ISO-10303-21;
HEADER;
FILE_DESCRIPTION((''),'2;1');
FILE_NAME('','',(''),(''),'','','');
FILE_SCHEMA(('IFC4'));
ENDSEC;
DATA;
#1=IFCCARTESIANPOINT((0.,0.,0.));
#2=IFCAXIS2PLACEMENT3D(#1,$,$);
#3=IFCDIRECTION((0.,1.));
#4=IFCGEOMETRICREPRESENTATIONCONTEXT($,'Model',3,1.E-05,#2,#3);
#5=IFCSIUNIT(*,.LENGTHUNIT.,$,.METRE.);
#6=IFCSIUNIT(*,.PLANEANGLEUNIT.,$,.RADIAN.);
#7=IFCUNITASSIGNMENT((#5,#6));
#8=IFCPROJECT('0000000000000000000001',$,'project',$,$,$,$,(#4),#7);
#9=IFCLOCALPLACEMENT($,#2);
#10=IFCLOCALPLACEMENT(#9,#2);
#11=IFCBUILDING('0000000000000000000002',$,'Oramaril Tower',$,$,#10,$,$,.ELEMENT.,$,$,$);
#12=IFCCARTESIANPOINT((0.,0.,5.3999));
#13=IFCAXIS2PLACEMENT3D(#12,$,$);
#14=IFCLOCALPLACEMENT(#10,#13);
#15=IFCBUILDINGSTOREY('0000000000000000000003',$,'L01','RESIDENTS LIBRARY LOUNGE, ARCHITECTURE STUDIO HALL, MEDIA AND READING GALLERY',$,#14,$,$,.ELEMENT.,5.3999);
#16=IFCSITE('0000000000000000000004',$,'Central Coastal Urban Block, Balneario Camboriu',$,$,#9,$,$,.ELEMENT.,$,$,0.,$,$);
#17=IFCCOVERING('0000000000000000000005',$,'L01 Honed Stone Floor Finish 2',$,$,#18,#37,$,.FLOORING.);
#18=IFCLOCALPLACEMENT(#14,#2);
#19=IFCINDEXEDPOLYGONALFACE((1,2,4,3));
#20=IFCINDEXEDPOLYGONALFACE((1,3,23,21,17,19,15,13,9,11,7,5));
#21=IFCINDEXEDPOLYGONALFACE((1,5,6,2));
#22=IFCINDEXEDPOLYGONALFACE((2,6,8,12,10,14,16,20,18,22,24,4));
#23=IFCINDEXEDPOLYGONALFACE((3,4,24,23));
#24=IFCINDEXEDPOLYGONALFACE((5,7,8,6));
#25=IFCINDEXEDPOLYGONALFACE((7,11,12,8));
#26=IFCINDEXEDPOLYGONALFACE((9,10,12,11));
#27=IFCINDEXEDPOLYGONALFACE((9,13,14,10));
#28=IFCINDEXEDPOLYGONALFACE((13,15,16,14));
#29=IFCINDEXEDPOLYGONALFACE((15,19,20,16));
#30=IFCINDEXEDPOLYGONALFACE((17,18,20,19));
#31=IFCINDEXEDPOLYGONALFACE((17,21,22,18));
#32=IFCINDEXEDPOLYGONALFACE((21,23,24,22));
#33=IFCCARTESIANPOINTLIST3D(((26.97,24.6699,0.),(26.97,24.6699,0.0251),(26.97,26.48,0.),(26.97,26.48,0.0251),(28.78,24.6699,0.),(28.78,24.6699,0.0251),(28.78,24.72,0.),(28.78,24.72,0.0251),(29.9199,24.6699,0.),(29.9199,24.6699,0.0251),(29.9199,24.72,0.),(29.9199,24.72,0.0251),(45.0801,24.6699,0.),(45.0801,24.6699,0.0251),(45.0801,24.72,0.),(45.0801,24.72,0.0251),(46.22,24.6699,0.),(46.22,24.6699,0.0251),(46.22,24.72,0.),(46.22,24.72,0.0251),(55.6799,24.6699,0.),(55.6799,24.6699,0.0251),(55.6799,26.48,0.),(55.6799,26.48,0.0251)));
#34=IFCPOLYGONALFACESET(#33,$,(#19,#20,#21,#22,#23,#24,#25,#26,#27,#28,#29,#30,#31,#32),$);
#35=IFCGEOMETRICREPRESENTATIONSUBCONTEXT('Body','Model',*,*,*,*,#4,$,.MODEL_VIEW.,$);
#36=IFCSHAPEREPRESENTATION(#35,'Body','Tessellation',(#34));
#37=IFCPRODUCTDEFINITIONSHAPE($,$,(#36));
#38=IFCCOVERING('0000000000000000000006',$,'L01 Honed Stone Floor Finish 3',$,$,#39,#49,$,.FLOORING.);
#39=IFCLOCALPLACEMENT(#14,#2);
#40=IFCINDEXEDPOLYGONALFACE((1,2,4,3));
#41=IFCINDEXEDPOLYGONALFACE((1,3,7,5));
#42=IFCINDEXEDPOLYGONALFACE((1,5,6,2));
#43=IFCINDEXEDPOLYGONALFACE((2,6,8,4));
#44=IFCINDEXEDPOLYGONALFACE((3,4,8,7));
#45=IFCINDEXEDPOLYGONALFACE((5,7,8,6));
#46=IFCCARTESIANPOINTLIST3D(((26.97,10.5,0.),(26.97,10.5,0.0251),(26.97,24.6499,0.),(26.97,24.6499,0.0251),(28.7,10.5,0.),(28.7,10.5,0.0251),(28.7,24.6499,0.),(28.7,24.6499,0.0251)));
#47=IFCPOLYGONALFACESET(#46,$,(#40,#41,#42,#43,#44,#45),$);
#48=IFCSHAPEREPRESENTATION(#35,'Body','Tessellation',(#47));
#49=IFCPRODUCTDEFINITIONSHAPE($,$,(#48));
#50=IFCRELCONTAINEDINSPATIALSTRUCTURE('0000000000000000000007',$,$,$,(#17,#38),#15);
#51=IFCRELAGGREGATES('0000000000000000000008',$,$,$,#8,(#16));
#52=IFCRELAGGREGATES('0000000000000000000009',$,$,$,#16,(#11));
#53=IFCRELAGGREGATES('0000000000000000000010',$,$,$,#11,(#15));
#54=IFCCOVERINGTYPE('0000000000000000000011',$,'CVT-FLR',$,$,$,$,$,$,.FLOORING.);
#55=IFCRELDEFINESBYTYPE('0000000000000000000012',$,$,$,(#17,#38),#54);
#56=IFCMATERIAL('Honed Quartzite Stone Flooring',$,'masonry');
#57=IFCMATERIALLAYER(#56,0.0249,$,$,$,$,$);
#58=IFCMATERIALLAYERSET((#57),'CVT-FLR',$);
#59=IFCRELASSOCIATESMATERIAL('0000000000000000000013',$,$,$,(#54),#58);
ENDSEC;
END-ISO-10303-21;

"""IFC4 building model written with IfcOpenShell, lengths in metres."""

from ifc_helpers import new_model, si_unit, direction, frame, origin, place, context, subcontext, project, spatial, polyline, outline, extrude, material, layer, layer_set, type_object, element, save


model = new_model("IFC4")

# Units and contexts
model_context = context("Model", 3, precision=1e-05, world=origin(), true_north=direction((0.0, 1.0)))
body_context = subcontext(model_context, "Body", "Model", "MODEL_VIEW")
ifc_project = project(units=[si_unit("LENGTHUNIT", "METRE"), si_unit("PLANEANGLEUNIT", "RADIAN")], contexts=[model_context])

# Site, building, storey
site_placement = place(None, origin())
site = spatial("IfcSite", under=ifc_project, at=site_placement, Name="Central Coastal Urban Block, Balneario Camboriu", CompositionType="ELEMENT", RefElevation=0.0)
building_placement = place(site_placement, origin())
building = spatial("IfcBuilding", under=site, at=building_placement, Name="Oramaril Tower", CompositionType="ELEMENT")
storey_placement = place(building_placement, frame((0.0, 0.0, 5.3999)))
storey = spatial("IfcBuildingStorey", under=building, at=storey_placement, Name="L01", Description="RESIDENTS LIBRARY LOUNGE, ARCHITECTURE STUDIO HALL, MEDIA AND READING GALLERY", CompositionType="ELEMENT", Elevation=5.3999)

# Coverings
ifc_material_1 = material(Name="Honed Quartzite Stone Flooring", Category="masonry")
ifc_layer_1 = layer(ifc_material_1, 0.0249)
ifc_layer_set_1 = layer_set([ifc_layer_1], Name="CVT-FLR")
covering_type_1 = type_object("IfcCoveringType", Name="CVT-FLR", PredefinedType="FLOORING", material=ifc_layer_set_1)
covering_1_placement = place(storey_placement, origin())
element("IfcCovering", 1, at=covering_1_placement, inside=storey, type_object=covering_type_1, Name="L01 Honed Stone Floor Finish 2", PredefinedType="FLOORING", context=body_context, shape_type="SweptSolid", body=[
    extrude(outline(polyline([(55.6799, 26.48), (55.6799, 24.6699), (46.22, 24.6699), (46.22, 24.72), (45.0801, 24.72), (45.0801, 24.6699), (29.9199, 24.6699), (29.9199, 24.72), (28.78, 24.72), (28.78, 24.6699), (26.97, 24.6699), (26.97, 26.48), (55.6799, 26.48)])), origin(), (0.0, 0.0, 1.0), 0.0251),
])
covering_2_placement = place(storey_placement, origin())
element("IfcCovering", 2, at=covering_2_placement, inside=storey, type_object=covering_type_1, Name="L01 Honed Stone Floor Finish 3", PredefinedType="FLOORING", context=body_context, shape_type="SweptSolid", body=[
    extrude(outline(polyline([(28.7, 10.5), (26.97, 10.5), (26.97, 24.6499), (28.7, 24.6499), (28.7, 10.5)])), origin(), (0.0, 0.0, 1.0), 0.0251),
])

save(model, "model.ifc")
